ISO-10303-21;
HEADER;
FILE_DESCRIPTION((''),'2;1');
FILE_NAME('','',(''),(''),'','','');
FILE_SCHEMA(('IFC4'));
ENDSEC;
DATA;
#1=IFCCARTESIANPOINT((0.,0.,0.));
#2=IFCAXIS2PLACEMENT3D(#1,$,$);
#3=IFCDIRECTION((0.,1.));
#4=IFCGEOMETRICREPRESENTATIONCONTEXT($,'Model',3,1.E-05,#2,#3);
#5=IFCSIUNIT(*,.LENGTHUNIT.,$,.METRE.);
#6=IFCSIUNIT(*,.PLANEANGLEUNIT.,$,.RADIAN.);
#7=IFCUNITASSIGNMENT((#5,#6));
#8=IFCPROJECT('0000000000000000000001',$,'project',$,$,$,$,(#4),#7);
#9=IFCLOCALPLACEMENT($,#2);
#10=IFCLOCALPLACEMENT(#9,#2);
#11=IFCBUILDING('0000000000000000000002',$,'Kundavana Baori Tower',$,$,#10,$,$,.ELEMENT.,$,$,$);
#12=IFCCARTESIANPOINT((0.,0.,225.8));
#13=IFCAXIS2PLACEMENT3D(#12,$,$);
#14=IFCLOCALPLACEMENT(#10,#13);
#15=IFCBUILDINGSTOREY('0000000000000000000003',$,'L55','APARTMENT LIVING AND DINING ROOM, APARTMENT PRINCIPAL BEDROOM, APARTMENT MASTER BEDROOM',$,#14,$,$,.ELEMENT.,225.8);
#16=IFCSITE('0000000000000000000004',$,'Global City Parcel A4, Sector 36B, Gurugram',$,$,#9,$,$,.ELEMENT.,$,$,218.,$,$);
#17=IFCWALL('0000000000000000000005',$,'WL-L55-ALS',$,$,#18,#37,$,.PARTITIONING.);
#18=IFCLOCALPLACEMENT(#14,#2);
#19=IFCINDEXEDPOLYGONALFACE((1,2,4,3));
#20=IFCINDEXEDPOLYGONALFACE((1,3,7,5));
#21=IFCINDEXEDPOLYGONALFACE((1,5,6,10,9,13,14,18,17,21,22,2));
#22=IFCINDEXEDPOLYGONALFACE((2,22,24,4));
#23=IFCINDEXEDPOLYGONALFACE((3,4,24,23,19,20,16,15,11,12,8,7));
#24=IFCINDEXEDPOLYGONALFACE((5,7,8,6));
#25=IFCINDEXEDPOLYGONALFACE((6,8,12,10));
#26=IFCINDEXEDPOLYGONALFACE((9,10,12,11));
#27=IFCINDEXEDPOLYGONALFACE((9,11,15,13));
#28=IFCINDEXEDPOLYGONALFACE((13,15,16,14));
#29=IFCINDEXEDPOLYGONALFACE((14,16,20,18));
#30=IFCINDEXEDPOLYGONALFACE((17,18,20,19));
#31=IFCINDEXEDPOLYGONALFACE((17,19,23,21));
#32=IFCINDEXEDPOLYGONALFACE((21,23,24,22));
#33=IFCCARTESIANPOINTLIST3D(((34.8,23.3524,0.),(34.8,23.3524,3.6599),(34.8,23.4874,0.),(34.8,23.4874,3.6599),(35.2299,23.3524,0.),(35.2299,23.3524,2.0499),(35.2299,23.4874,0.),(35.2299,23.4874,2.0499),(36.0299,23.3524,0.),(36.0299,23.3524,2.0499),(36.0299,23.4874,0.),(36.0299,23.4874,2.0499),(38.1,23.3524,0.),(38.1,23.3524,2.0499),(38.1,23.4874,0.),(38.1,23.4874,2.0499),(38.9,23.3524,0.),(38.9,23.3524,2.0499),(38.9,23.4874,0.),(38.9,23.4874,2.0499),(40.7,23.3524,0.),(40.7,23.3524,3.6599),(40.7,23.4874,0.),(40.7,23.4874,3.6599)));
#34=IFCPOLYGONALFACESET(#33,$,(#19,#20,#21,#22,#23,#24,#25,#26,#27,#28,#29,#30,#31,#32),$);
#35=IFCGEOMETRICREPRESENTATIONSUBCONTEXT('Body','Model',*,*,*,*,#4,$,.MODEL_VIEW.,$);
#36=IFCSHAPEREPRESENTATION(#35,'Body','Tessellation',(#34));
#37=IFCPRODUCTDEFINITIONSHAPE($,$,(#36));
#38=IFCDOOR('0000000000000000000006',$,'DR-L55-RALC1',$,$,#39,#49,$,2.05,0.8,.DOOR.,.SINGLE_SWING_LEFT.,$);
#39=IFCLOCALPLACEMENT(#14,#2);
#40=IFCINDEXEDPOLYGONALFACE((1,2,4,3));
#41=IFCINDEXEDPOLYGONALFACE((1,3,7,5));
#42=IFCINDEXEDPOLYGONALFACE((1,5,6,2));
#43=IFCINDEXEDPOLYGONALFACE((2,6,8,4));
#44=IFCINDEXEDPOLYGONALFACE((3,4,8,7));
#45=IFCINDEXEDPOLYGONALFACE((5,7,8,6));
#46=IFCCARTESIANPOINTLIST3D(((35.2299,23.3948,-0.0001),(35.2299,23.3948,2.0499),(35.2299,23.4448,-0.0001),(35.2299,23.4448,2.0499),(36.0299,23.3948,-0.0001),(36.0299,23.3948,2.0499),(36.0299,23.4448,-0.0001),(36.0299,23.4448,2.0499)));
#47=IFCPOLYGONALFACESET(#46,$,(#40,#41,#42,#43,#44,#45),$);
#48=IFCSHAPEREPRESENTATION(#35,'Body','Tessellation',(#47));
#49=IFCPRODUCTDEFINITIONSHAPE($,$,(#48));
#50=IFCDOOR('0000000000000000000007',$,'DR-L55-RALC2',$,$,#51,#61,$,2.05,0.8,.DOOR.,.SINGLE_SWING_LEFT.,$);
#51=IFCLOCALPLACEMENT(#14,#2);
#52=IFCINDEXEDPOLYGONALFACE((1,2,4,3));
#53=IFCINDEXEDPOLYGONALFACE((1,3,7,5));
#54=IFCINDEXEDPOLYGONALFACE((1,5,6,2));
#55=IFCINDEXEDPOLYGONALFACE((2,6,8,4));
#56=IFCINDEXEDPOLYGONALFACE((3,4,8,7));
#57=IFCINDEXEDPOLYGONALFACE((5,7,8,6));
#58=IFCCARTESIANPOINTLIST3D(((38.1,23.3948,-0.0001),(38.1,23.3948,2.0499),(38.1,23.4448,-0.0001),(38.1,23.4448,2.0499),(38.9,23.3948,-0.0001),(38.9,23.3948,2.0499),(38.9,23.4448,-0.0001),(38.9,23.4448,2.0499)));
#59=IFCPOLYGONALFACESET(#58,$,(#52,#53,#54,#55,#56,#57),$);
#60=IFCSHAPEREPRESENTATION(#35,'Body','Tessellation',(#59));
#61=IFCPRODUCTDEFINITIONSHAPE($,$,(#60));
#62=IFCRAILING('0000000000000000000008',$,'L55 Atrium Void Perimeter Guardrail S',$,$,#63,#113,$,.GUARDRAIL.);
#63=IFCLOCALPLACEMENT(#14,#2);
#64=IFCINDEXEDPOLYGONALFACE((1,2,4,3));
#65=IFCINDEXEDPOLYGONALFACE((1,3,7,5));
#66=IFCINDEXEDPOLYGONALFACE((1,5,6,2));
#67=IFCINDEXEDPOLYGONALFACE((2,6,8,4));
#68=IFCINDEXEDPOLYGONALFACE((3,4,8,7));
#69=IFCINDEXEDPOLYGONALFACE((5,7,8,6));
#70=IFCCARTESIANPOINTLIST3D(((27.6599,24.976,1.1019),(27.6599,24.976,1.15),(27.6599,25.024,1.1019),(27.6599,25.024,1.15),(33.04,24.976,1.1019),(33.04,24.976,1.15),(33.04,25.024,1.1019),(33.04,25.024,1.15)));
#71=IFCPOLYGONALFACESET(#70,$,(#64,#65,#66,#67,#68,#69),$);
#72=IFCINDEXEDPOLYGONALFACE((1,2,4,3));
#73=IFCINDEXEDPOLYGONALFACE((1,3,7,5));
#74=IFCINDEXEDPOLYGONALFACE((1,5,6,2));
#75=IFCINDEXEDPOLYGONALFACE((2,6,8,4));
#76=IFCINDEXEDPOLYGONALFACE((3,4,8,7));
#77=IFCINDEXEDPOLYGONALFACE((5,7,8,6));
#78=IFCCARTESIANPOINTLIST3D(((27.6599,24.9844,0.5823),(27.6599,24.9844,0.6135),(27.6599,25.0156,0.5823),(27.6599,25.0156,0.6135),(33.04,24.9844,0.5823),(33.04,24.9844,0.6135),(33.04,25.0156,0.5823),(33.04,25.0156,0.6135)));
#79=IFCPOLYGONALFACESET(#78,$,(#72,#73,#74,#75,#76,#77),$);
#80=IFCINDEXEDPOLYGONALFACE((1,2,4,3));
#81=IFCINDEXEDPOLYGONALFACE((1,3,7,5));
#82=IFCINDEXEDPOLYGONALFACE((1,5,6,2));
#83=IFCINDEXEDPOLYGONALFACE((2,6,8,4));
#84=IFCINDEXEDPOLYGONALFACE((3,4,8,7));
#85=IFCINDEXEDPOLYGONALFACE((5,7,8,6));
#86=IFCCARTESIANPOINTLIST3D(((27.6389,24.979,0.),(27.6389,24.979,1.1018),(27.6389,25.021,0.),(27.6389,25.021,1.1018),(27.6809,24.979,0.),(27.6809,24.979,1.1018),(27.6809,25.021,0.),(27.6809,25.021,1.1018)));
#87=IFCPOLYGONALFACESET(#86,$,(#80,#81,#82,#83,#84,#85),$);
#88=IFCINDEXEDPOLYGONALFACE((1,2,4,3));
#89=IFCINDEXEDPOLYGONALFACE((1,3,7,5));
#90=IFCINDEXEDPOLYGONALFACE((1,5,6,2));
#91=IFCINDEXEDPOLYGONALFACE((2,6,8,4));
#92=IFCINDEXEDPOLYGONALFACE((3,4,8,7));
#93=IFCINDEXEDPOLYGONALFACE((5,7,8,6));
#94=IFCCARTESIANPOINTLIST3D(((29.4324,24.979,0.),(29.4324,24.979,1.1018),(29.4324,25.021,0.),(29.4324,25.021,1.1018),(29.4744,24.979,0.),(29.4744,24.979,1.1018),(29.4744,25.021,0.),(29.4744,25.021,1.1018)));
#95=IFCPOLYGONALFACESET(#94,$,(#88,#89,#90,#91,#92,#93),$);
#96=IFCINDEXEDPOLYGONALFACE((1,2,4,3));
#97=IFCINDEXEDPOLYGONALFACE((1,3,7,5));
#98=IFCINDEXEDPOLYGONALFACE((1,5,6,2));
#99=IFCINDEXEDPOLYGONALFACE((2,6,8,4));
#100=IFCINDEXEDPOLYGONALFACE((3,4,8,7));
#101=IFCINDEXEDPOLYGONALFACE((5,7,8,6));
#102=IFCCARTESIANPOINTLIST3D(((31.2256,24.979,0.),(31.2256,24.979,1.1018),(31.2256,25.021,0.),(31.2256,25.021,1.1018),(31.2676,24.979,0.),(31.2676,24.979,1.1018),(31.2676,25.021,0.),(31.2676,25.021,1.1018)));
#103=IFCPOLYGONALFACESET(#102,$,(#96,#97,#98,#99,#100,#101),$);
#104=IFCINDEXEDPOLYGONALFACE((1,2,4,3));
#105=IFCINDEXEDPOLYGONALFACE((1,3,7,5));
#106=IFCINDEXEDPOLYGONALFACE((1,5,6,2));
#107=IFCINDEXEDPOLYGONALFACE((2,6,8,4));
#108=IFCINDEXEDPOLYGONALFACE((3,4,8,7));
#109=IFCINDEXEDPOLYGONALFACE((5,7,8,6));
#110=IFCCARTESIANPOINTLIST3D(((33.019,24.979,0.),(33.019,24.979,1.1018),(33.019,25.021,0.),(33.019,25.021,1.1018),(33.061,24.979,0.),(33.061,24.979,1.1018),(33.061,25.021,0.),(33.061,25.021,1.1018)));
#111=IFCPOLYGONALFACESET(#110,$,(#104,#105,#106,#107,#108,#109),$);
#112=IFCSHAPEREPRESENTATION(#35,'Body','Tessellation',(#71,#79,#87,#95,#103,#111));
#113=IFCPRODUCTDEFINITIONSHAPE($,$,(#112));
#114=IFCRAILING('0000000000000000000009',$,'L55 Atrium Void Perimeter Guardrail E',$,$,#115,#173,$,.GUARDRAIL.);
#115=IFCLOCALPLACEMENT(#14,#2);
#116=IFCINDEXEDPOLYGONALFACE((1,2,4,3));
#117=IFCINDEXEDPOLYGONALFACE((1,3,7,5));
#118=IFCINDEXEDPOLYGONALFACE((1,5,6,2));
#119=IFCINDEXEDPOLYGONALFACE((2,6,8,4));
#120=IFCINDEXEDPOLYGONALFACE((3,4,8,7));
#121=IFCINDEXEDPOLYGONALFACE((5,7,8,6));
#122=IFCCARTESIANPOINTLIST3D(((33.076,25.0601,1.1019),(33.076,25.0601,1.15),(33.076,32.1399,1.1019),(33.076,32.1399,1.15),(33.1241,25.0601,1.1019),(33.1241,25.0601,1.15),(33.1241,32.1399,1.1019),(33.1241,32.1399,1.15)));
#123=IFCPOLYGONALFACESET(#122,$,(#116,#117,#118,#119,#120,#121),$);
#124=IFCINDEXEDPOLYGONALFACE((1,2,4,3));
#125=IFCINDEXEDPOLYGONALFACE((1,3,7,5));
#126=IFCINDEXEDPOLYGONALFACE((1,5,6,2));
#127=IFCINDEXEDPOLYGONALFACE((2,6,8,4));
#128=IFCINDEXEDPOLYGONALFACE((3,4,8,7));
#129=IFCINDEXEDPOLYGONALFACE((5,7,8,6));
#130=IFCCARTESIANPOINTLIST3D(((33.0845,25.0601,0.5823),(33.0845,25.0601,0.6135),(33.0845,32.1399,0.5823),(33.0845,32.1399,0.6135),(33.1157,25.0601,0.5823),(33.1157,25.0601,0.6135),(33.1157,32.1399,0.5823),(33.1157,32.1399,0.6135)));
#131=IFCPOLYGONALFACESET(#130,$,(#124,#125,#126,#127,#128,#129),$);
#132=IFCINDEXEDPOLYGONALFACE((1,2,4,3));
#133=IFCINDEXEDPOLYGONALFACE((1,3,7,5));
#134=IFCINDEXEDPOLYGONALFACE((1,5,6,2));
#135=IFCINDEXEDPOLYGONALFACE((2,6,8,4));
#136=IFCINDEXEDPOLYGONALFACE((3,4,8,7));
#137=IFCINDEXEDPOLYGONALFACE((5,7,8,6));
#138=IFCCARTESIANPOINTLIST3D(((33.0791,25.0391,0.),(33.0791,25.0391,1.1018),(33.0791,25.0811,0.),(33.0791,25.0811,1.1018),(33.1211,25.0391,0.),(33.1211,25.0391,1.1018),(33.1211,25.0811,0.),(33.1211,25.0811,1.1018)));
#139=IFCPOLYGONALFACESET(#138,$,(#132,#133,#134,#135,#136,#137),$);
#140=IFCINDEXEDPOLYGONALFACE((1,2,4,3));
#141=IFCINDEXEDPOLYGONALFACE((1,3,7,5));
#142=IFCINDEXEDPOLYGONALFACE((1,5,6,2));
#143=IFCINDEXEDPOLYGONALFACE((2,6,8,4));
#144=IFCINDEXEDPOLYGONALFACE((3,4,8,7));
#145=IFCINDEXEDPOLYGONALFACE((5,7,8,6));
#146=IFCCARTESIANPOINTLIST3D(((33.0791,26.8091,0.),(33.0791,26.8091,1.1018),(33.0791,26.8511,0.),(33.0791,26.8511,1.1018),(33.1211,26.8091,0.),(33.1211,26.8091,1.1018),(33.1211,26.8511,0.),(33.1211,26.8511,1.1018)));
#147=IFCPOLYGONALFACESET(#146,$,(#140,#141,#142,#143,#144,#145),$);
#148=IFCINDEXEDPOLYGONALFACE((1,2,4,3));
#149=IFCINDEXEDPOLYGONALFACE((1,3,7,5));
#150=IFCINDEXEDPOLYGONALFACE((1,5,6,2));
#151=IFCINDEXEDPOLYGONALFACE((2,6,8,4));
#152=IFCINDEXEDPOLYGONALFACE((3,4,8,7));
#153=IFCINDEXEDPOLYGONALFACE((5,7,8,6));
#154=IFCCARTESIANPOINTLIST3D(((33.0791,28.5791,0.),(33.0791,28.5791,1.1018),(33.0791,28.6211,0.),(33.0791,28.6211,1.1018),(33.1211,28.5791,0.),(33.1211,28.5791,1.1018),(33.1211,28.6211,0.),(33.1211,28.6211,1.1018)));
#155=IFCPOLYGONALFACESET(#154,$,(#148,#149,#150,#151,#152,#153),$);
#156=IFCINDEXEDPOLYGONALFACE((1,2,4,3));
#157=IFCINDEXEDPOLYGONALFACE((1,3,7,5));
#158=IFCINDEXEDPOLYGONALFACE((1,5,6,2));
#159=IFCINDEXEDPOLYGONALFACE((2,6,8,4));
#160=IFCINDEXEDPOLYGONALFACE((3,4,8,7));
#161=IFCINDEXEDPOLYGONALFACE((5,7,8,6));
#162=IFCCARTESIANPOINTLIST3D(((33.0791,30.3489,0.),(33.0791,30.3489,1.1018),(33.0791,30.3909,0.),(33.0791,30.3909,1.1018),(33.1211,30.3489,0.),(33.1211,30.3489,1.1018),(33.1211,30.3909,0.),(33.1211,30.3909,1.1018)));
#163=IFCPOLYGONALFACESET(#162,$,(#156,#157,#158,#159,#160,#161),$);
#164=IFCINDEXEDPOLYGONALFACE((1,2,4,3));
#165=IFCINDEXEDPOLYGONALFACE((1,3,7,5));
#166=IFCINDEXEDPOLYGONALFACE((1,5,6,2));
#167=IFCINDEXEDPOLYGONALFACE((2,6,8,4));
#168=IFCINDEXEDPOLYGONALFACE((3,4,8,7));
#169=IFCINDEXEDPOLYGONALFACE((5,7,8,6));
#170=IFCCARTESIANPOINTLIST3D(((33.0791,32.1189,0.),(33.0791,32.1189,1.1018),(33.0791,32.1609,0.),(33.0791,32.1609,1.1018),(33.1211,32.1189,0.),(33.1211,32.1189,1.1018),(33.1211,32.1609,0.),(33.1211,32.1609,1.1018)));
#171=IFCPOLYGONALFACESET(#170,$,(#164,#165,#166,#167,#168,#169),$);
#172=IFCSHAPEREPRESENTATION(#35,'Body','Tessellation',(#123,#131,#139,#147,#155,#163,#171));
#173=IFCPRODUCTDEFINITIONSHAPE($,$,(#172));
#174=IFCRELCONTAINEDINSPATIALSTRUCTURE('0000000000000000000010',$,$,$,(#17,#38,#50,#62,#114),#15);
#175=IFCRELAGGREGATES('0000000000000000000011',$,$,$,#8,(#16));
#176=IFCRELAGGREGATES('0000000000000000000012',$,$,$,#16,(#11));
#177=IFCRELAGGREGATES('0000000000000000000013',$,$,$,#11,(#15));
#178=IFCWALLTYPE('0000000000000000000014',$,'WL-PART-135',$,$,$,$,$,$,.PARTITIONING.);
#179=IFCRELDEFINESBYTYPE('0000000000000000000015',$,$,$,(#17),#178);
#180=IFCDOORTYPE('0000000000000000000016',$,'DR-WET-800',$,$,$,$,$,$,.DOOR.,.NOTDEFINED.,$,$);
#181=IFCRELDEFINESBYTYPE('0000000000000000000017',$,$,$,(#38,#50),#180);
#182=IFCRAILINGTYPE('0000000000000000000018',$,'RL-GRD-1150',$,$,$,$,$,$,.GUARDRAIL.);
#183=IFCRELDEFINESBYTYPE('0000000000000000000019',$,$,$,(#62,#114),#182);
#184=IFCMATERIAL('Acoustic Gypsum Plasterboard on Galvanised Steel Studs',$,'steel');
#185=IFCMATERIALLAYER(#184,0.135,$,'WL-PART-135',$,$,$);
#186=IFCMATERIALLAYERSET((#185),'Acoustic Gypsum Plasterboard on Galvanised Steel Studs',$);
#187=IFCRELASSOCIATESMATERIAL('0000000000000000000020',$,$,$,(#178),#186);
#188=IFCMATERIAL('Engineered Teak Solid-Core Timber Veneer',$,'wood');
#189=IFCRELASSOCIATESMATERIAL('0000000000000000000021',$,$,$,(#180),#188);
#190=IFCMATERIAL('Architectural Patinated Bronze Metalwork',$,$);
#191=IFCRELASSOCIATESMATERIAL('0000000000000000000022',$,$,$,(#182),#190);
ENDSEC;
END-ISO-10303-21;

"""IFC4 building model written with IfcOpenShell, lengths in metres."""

from ifc_helpers import new_model, si_unit, direction, frame, frame_2d, origin, origin_2d, place, context, subcontext, project, spatial, rectangle, extrude, material, layer, layer_set, type_object, element, fill, save


model = new_model("IFC4")

# Units and contexts
model_context = context("Model", 3, precision=1e-05, world=origin(), true_north=direction((0.0, 1.0)))
body_context = subcontext(model_context, "Body", "Model", "MODEL_VIEW")
ifc_project = project(units=[si_unit("LENGTHUNIT", "METRE"), si_unit("PLANEANGLEUNIT", "RADIAN")], contexts=[model_context])

# Site, building, storey
site_placement = place(None, origin())
site = spatial("IfcSite", under=ifc_project, at=site_placement, Name="Global City Parcel A4, Sector 36B, Gurugram", CompositionType="ELEMENT", RefElevation=218.0)
building_placement = place(site_placement, origin())
building = spatial("IfcBuilding", under=site, at=building_placement, Name="Kundavana Baori Tower", CompositionType="ELEMENT")
storey_placement = place(building_placement, frame((0.0, 0.0, 225.8)))
storey = spatial("IfcBuildingStorey", under=building, at=storey_placement, Name="L55", Description="APARTMENT LIVING AND DINING ROOM, APARTMENT PRINCIPAL BEDROOM, APARTMENT MASTER BEDROOM", CompositionType="ELEMENT", Elevation=225.8)

# Shared definitions
ifc_material_1 = material(Name="Acoustic Gypsum Plasterboard on Galvanised Steel Studs", Category="steel")
ifc_layer = layer(ifc_material_1, 0.135, Name="WL-PART-135")
ifc_layer_set = layer_set([ifc_layer], Name="Acoustic Gypsum Plasterboard on Galvanised Steel Studs")
wall_type = type_object("IfcWallType", Name="WL-PART-135", PredefinedType="PARTITIONING", material=ifc_layer_set)

# Wall, openings, doors
wall_1_placement = place(storey_placement, frame((34.8, 23.4199, 0.0), z_axis=(0.0, 0.0, 1.0), x_axis=(1.0, 0.0, 0.0)))
wall_1 = element("IfcWall", 1, at=wall_1_placement, inside=storey, type_object=wall_type, Name="WL-L55-ALS", PredefinedType="PARTITIONING", context=body_context, shape_type="SweptSolid", body=[
    extrude(rectangle(XDim=5.8999, YDim=0.135, at=frame_2d((2.95, 0.0))), origin(), (0.0, 0.0, 1.0), 3.6599),
])
opening_1_placement = place(wall_1_placement, frame((0.4299, 0.0, 0.0)))
opening_1 = element("IfcOpeningElement", 2, at=opening_1_placement, cuts=wall_1, PredefinedType="OPENING", context=body_context, shape_type="SweptSolid", body=[
    extrude(rectangle(XDim=0.8, YDim=2.05, at=frame_2d((0.3999, 1.0249))), frame((0.0, 0.0776, 0.0), z_axis=(0.0, -1.0, 0.0), x_axis=(1.0, 0.0, 0.0)), (0.0, 0.0, 1.0), 0.155),
])
opening_2_placement = place(wall_1_placement, frame((3.3, 0.0, 0.0)))
opening_2 = element("IfcOpeningElement", 3, at=opening_2_placement, cuts=wall_1, PredefinedType="OPENING", context=body_context, shape_type="SweptSolid", body=[
    extrude(rectangle(XDim=0.8, YDim=2.05, at=frame_2d((0.3999, 1.0249))), frame((0.0, 0.0776, 0.0), z_axis=(0.0, -1.0, 0.0), x_axis=(1.0, 0.0, 0.0)), (0.0, 0.0, 1.0), 0.155),
])
ifc_material_2 = material(Name="Engineered Teak Solid-Core Timber Veneer", Category="wood")
door_type_1 = type_object("IfcDoorType", Name="DR-WET-800", OperationType="NOTDEFINED", PredefinedType="DOOR", material=ifc_material_2)
door_1_placement = place(opening_1_placement, origin())
door_1 = element("IfcDoor", 4, at=door_1_placement, inside=storey, type_object=door_type_1, Name="DR-L55-RALC1", OperationType="SINGLE_SWING_LEFT", OverallHeight=2.05, OverallWidth=0.8, PredefinedType="DOOR", context=body_context, shape_type="SweptSolid", body=[
    extrude(rectangle(XDim=0.8, YDim=2.05, at=frame_2d((0.3999, 1.0249))), frame((0.0, 0.0249, 0.0), z_axis=(0.0, -1.0, 0.0), x_axis=(1.0, 0.0, 0.0)), (0.0, 0.0, 1.0), 0.05),
])
fill(opening_1, door_1)
door_2_placement = place(opening_2_placement, origin())
door_2 = element("IfcDoor", 5, at=door_2_placement, inside=storey, type_object=door_type_1, Name="DR-L55-RALC2", OperationType="SINGLE_SWING_LEFT", OverallHeight=2.05, OverallWidth=0.8, PredefinedType="DOOR", context=body_context, shape_type="SweptSolid", body=[
    extrude(rectangle(XDim=0.8, YDim=2.05, at=frame_2d((0.3999, 1.0249))), frame((0.0, 0.0249, 0.0), z_axis=(0.0, -1.0, 0.0), x_axis=(1.0, 0.0, 0.0)), (0.0, 0.0, 1.0), 0.05),
])
fill(opening_2, door_2)

# Railings
ifc_material_3 = material(Name="Architectural Patinated Bronze Metalwork")
railing_type = type_object("IfcRailingType", Name="RL-GRD-1150", PredefinedType="GUARDRAIL", material=ifc_material_3)
railing_1_placement = place(storey_placement, frame((27.6599, 25.0, 0.0)))
element("IfcRailing", 6, at=railing_1_placement, inside=storey, type_object=railing_type, Name="L55 Atrium Void Perimeter Guardrail S", PredefinedType="GUARDRAIL", context=body_context, shape_type="SweptSolid", body=[
    extrude(rectangle(XDim=0.0481, YDim=0.0481, at=origin_2d()), frame((0.0, 0.0, 1.126), z_axis=(1.0, 0.0, 0.0), x_axis=(0.0, 1.0, 0.0)), (0.0, 0.0, 1.0), 5.3801),
    extrude(rectangle(XDim=0.0312, YDim=0.0312, at=origin_2d()), frame((0.0, 0.0, 0.5979), z_axis=(1.0, 0.0, 0.0), x_axis=(0.0, 1.0, 0.0)), (0.0, 0.0, 1.0), 5.3801),
    extrude(rectangle(XDim=0.042, YDim=0.042, at=origin_2d()), origin(), (0.0, 0.0, 1.0), 1.1018),
    extrude(rectangle(XDim=0.042, YDim=0.042, at=origin_2d()), frame((1.7935, 0.0, 0.0)), (0.0, 0.0, 1.0), 1.1018),
    extrude(rectangle(XDim=0.042, YDim=0.042, at=origin_2d()), frame((3.5867, 0.0, 0.0)), (0.0, 0.0, 1.0), 1.1018),
    extrude(rectangle(XDim=0.042, YDim=0.042, at=origin_2d()), frame((5.3801, 0.0, 0.0)), (0.0, 0.0, 1.0), 1.1018),
])
railing_2_placement = place(storey_placement, frame((33.1001, 25.0601, 0.0)))
element("IfcRailing", 7, at=railing_2_placement, inside=storey, type_object=railing_type, Name="L55 Atrium Void Perimeter Guardrail E", PredefinedType="GUARDRAIL", context=body_context, shape_type="SweptSolid", body=[
    extrude(rectangle(XDim=0.0481, YDim=0.0481, at=origin_2d()), frame((0.0, 0.0, 1.126), z_axis=(0.0, 1.0, 0.0), x_axis=(-1.0, 0.0, 0.0)), (0.0, 0.0, 1.0), 7.0798),
    extrude(rectangle(XDim=0.0312, YDim=0.0312, at=origin_2d()), frame((0.0, 0.0, 0.5979), z_axis=(0.0, 1.0, 0.0), x_axis=(-1.0, 0.0, 0.0)), (0.0, 0.0, 1.0), 7.0798),
    extrude(rectangle(XDim=0.042, YDim=0.042, at=origin_2d()), origin(), (0.0, 0.0, 1.0), 1.1018),
    extrude(rectangle(XDim=0.042, YDim=0.042, at=origin_2d()), frame((0.0, 1.77, 0.0)), (0.0, 0.0, 1.0), 1.1018),
    extrude(rectangle(XDim=0.042, YDim=0.042, at=origin_2d()), frame((0.0, 3.54, 0.0)), (0.0, 0.0, 1.0), 1.1018),
    extrude(rectangle(XDim=0.042, YDim=0.042, at=origin_2d()), frame((0.0, 5.3098, 0.0)), (0.0, 0.0, 1.0), 1.1018),
    extrude(rectangle(XDim=0.042, YDim=0.042, at=origin_2d()), frame((0.0, 7.0798, 0.0)), (0.0, 0.0, 1.0), 1.1018),
])

save(model, "model.ifc")
